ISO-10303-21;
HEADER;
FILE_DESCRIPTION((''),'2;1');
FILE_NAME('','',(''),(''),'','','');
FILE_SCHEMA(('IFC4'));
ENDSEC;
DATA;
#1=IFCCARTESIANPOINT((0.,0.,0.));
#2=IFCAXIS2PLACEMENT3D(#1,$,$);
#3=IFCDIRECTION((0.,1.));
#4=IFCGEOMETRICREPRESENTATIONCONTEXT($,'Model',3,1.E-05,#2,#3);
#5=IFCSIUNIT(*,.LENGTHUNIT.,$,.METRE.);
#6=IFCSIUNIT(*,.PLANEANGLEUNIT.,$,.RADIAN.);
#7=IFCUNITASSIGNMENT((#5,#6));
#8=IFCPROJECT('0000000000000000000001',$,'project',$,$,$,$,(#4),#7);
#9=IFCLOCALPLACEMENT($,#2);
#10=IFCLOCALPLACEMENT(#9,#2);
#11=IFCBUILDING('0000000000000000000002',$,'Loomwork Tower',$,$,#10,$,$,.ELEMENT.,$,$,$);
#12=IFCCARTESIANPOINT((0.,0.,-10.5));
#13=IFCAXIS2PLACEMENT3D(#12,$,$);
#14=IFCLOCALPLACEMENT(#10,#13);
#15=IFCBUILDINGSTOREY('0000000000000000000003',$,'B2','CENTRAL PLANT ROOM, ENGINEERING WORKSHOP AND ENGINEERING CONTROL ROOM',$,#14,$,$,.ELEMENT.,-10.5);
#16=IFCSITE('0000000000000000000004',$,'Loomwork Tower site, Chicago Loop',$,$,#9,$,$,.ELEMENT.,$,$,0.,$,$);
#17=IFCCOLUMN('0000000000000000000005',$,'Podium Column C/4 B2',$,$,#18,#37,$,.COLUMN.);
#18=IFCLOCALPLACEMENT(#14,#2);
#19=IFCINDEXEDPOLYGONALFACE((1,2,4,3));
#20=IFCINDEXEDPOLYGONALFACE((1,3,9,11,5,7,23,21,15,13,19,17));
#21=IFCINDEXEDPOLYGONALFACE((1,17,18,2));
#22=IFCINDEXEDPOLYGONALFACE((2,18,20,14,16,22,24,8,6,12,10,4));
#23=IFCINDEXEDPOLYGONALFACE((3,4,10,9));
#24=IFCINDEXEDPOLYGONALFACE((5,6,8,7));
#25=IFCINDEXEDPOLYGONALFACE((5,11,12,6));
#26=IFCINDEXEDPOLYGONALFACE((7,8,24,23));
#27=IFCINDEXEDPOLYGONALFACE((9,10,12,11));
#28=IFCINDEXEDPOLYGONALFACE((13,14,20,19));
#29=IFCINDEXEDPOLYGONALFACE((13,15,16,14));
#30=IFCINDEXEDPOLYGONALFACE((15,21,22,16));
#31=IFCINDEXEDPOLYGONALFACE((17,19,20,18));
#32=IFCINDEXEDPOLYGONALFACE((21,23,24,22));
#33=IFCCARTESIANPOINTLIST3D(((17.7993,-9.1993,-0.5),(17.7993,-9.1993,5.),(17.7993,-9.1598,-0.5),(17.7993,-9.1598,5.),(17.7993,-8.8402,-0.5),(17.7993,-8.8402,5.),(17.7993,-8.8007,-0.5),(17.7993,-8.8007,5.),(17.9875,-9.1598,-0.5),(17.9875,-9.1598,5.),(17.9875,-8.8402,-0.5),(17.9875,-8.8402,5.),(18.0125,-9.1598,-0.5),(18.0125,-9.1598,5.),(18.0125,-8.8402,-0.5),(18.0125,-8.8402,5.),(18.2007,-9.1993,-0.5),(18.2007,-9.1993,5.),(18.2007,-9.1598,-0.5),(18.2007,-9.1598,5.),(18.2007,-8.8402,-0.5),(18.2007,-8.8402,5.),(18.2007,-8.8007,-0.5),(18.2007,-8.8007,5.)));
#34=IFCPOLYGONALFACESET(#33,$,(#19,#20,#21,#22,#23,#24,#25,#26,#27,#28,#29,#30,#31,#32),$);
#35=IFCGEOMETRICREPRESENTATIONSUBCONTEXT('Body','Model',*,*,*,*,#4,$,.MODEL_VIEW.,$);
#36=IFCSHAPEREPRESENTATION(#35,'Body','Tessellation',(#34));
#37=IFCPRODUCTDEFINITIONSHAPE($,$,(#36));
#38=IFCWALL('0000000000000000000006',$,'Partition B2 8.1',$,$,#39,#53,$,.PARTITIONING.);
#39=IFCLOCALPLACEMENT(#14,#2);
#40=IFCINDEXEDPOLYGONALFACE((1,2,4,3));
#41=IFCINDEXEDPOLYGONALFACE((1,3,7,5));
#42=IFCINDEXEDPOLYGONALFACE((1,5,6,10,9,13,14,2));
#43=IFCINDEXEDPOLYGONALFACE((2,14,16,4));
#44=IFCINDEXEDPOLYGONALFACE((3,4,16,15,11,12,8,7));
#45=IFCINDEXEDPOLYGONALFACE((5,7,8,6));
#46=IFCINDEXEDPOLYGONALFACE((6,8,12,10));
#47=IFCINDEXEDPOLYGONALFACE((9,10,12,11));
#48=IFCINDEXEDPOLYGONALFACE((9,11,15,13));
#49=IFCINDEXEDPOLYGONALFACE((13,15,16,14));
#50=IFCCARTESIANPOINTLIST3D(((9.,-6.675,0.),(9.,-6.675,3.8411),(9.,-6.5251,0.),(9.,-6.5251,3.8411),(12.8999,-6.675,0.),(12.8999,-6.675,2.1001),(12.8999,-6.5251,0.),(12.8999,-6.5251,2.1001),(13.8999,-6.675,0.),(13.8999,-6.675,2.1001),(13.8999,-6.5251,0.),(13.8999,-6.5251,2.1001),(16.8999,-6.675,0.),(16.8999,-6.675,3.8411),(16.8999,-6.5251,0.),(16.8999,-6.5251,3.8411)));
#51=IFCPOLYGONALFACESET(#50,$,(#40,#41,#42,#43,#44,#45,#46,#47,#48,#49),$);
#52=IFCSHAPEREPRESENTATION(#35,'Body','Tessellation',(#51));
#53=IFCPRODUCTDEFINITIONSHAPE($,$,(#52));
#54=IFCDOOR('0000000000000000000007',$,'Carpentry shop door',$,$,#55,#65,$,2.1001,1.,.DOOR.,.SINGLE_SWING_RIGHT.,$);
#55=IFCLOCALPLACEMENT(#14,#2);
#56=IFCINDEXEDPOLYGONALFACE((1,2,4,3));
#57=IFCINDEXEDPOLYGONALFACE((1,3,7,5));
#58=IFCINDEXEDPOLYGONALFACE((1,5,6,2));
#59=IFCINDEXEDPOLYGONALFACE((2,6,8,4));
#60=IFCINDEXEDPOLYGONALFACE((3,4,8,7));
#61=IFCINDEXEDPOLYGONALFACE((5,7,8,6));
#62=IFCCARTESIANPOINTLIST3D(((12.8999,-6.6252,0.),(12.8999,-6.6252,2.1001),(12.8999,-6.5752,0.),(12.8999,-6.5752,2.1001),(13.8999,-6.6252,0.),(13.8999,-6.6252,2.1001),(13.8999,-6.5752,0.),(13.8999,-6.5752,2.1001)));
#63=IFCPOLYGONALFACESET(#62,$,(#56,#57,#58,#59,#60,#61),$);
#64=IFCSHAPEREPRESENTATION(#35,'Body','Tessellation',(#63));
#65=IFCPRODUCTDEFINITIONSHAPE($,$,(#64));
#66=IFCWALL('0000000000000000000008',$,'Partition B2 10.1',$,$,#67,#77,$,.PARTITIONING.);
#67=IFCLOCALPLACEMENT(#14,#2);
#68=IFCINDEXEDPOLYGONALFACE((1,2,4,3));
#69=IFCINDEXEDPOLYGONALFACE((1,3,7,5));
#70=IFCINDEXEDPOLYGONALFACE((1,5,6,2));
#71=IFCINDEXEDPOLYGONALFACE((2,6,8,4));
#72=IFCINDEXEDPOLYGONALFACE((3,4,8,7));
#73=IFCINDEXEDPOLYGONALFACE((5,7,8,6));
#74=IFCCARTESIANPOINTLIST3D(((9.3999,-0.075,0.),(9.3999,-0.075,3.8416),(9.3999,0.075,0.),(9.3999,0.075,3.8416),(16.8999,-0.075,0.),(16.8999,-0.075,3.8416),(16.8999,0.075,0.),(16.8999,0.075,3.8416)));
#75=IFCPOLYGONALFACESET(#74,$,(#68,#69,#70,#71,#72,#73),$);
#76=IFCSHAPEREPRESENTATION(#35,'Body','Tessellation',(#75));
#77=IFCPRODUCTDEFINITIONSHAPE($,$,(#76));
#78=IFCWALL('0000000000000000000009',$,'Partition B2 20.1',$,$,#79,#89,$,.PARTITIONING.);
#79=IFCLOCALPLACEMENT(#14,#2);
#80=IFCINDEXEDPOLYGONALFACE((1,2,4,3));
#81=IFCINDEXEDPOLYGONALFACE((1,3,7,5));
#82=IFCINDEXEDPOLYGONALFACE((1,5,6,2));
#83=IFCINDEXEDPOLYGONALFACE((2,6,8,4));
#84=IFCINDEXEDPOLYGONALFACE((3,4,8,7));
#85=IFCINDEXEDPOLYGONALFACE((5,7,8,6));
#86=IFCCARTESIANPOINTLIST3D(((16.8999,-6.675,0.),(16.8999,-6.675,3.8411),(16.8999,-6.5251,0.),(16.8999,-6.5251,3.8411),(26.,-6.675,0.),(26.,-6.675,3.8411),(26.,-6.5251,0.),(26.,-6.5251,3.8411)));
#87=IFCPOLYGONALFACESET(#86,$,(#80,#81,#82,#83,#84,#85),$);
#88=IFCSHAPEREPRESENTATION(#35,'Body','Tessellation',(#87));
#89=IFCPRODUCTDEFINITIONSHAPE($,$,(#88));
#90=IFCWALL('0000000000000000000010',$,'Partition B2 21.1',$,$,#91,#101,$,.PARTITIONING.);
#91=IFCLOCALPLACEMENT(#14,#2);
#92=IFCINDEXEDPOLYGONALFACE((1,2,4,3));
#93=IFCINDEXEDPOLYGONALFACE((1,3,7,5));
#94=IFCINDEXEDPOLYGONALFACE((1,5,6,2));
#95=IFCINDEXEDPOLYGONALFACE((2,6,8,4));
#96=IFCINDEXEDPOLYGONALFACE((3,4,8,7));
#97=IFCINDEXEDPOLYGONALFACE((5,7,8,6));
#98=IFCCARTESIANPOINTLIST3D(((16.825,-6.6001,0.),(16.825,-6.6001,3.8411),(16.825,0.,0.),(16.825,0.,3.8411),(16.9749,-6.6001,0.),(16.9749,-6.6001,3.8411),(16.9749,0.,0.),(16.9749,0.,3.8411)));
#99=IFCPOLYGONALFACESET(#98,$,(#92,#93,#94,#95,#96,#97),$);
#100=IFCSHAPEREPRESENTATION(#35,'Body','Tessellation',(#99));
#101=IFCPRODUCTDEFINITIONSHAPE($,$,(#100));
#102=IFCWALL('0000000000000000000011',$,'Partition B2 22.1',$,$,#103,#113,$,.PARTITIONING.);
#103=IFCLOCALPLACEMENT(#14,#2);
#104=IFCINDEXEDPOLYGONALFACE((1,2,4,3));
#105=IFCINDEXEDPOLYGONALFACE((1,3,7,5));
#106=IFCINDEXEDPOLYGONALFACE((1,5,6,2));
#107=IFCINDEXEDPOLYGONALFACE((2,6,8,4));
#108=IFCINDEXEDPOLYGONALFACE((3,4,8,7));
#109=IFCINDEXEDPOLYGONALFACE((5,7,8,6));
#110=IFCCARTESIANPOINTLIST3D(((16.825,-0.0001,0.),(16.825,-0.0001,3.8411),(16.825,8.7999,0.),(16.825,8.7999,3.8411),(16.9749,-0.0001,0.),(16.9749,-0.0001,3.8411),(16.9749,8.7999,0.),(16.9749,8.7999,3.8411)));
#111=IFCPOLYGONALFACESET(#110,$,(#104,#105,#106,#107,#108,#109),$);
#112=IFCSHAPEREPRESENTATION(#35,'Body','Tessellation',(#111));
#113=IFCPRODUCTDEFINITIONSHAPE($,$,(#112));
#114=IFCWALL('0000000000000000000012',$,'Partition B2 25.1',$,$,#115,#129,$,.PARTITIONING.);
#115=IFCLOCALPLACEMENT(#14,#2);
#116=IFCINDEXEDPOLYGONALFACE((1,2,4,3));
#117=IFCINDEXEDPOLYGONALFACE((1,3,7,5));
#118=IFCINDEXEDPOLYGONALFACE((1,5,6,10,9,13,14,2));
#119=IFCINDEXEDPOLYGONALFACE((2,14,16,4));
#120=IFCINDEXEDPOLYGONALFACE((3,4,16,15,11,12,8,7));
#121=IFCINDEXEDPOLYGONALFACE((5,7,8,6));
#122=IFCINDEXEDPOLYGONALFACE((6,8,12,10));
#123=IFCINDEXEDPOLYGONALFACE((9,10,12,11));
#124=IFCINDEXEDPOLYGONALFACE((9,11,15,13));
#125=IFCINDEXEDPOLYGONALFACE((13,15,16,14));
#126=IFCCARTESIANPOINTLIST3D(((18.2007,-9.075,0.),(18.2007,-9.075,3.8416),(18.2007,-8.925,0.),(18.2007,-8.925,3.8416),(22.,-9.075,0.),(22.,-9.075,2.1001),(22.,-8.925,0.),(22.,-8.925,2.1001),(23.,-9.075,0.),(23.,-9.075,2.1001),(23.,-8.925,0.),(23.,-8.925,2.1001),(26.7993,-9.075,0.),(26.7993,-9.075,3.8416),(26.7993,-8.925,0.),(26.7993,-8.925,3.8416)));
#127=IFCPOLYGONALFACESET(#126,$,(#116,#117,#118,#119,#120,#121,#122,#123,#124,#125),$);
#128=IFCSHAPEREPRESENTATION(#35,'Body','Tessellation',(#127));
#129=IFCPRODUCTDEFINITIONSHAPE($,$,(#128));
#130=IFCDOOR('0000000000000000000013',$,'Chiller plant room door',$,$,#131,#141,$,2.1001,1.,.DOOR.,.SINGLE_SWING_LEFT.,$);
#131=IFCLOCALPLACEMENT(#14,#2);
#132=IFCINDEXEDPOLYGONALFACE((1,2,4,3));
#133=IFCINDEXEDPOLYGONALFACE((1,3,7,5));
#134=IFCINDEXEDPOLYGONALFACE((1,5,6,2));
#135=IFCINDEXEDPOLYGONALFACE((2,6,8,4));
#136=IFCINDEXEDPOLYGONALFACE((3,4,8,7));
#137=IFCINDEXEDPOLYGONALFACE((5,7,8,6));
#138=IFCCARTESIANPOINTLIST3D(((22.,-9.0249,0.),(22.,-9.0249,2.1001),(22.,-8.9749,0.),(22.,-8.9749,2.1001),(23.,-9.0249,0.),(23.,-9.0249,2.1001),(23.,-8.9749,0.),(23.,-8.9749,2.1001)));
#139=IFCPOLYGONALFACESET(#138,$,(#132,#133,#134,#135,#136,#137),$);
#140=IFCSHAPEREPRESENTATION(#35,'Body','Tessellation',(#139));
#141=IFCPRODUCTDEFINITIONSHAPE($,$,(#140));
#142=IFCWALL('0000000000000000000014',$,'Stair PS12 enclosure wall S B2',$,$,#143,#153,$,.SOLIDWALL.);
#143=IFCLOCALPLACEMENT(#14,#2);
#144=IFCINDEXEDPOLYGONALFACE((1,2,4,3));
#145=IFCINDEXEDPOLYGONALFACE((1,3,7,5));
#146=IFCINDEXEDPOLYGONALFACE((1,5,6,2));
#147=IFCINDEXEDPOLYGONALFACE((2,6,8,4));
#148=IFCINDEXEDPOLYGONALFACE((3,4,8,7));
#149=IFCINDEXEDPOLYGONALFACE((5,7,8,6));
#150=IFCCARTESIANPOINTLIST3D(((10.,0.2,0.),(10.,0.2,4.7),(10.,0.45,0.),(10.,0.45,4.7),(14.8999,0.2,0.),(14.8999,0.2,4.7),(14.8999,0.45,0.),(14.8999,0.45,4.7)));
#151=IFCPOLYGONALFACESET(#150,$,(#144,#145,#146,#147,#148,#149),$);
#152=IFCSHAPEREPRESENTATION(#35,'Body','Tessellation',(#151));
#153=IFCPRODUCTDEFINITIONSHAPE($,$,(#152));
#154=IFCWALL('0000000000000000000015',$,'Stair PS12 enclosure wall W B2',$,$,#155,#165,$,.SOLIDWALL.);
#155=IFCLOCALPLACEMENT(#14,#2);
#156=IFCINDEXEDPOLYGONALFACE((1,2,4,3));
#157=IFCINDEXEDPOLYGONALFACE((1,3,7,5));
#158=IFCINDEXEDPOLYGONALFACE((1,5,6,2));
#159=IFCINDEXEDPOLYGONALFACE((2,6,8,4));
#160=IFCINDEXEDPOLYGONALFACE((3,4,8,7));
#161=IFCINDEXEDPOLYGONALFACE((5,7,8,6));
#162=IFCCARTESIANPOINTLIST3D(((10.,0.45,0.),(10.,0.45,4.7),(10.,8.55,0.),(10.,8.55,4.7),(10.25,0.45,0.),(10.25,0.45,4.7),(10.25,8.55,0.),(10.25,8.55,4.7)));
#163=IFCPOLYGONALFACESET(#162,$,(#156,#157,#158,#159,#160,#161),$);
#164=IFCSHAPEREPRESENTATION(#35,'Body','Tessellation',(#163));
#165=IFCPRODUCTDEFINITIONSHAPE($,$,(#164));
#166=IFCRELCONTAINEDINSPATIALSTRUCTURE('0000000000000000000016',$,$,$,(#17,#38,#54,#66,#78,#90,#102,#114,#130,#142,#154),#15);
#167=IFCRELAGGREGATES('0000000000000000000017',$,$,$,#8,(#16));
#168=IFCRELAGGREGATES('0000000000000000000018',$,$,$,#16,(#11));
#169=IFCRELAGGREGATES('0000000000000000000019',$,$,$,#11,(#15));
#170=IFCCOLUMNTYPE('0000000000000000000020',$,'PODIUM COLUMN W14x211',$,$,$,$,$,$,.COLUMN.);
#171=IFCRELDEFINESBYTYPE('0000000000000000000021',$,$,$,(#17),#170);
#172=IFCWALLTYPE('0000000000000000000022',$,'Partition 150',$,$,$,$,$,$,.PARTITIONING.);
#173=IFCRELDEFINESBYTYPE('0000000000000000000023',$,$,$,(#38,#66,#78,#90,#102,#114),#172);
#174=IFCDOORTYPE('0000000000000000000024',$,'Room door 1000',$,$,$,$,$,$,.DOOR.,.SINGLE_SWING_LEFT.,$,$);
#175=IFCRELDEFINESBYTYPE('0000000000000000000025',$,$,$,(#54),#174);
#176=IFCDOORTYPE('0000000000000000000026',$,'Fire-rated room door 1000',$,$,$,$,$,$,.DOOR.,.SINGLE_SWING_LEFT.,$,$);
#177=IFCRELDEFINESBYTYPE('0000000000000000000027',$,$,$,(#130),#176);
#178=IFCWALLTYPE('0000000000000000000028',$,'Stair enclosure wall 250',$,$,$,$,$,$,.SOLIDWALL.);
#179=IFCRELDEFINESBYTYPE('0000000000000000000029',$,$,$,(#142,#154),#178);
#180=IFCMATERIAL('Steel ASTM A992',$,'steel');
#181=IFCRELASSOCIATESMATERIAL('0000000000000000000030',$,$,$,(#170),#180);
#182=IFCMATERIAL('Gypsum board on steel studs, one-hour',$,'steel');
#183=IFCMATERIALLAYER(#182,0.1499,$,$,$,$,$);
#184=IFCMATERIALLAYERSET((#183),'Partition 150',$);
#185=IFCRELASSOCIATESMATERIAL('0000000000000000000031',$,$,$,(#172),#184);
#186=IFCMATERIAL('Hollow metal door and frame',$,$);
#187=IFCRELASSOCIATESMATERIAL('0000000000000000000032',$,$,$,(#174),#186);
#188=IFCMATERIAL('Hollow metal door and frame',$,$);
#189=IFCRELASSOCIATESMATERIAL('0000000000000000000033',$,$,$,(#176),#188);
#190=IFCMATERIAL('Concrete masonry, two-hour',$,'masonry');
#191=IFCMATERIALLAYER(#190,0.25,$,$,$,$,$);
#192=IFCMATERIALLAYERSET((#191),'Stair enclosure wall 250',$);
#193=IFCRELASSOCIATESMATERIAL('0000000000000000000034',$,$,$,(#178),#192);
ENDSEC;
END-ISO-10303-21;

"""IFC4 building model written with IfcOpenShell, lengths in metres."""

from ifc_helpers import new_model, si_unit, direction, frame, frame_2d, origin, origin_2d, place, context, subcontext, project, spatial, rectangle, i_section, extrude, material, layer, layer_set, material_profile, profile_set, type_object, element, fill, save


model = new_model("IFC4")

# Units and contexts
model_context = context("Model", 3, precision=1e-05, world=origin(), true_north=direction((0.0, 1.0)))
body_context = subcontext(model_context, "Body", "Model", "MODEL_VIEW")
ifc_project = project(units=[si_unit("LENGTHUNIT", "METRE"), si_unit("PLANEANGLEUNIT", "RADIAN")], contexts=[model_context])

# Site, building, storey
site_placement = place(None, origin())
site = spatial("IfcSite", under=ifc_project, at=site_placement, Name="Loomwork Tower site, Chicago Loop", CompositionType="ELEMENT", RefElevation=0.0)
building_placement = place(site_placement, origin())
building = spatial("IfcBuilding", under=site, at=building_placement, Name="Loomwork Tower", CompositionType="ELEMENT")
storey_placement = place(building_placement, frame((0.0, 0.0, -10.5)))
storey = spatial("IfcBuildingStorey", under=building, at=storey_placement, Name="B2", Description="CENTRAL PLANT ROOM, ENGINEERING WORKSHOP AND ENGINEERING CONTROL ROOM", CompositionType="ELEMENT", Elevation=-10.5)

# Column
ifc_material_1 = material(Name="Steel ASTM A992", Category="steel")
ifc_material_profile_1 = material_profile(ifc_material_1, i_section(OverallWidth=0.4014, OverallDepth=0.3987, WebThickness=0.0249, FlangeThickness=0.0396, at=origin_2d()), Name="W14x211")
ifc_profile_set_1 = profile_set([ifc_material_profile_1], Name="Steel ASTM A992")
column_type_1 = type_object("IfcColumnType", Name="PODIUM COLUMN W14x211", PredefinedType="COLUMN", material=ifc_profile_set_1)
column_1_placement = place(storey_placement, frame((18.0, -9.0, -0.5), z_axis=(0.0, 0.0, 1.0), x_axis=(1.0, 0.0, 0.0)))
element("IfcColumn", 1, at=column_1_placement, inside=storey, type_object=column_type_1, Name="Podium Column C/4 B2", PredefinedType="COLUMN", context=body_context, shape_type="SweptSolid", body=[
    extrude(i_section(OverallWidth=0.4014, OverallDepth=0.3987, WebThickness=0.0249, FlangeThickness=0.0396, at=origin_2d()), origin(), (0.0, 0.0, 1.0), 5.5),
])

# Wall, opening, door
ifc_material_2 = material(Name="Gypsum board on steel studs, one-hour", Category="steel")
ifc_layer_1 = layer(ifc_material_2, 0.1499)
ifc_layer_set_1 = layer_set([ifc_layer_1], Name="Partition 150")
wall_type_1 = type_object("IfcWallType", Name="Partition 150", PredefinedType="PARTITIONING", material=ifc_layer_set_1)
wall_1_placement = place(storey_placement, frame((16.8999, -6.6001, 0.0), z_axis=(0.0, 0.0, 1.0), x_axis=(-1.0, 0.0, 0.0)))
wall_1 = element("IfcWall", 2, at=wall_1_placement, inside=storey, type_object=wall_type_1, Name="Partition B2 8.1", PredefinedType="PARTITIONING", context=body_context, shape_type="SweptSolid", body=[
    extrude(rectangle(XDim=7.8999, YDim=0.1499, at=frame_2d((3.95, 0.0))), origin(), (0.0, 0.0, 1.0), 3.8411),
])
opening_1_placement = place(wall_1_placement, frame((3.0, 0.0, 0.0)))
opening_1 = element("IfcOpeningElement", 3, at=opening_1_placement, cuts=wall_1, PredefinedType="OPENING", context=body_context, shape_type="SweptSolid", body=[
    extrude(rectangle(XDim=1.0, YDim=2.1001, at=frame_2d((0.5, 1.05))), frame((0.0, 0.085, 0.0), z_axis=(0.0, -1.0, 0.0), x_axis=(1.0, 0.0, 0.0)), (0.0, 0.0, 1.0), 0.1699),
])
ifc_material_3 = material(Name="Hollow metal door and frame")
door_type_1 = type_object("IfcDoorType", Name="Room door 1000", OperationType="SINGLE_SWING_LEFT", PredefinedType="DOOR", material=ifc_material_3)
door_1_placement = place(opening_1_placement, frame((1.0, 0.0, 0.0), z_axis=(0.0, 0.0, 1.0), x_axis=(-1.0, 0.0, 0.0)))
door_1 = element("IfcDoor", 4, at=door_1_placement, inside=storey, type_object=door_type_1, Name="Carpentry shop door", OperationType="SINGLE_SWING_RIGHT", OverallHeight=2.1001, OverallWidth=1.0, PredefinedType="DOOR", context=body_context, shape_type="SweptSolid", body=[
    extrude(rectangle(XDim=1.0, YDim=2.1001, at=frame_2d((0.5, 1.05))), frame((0.0, 0.0249, 0.0), z_axis=(0.0, -1.0, 0.0), x_axis=(1.0, 0.0, 0.0)), (0.0, 0.0, 1.0), 0.05),
])
fill(opening_1, door_1)

# Walls
wall_2_placement = place(storey_placement, frame((9.3999, 0.0, 0.0), z_axis=(0.0, 0.0, 1.0), x_axis=(1.0, 0.0, 0.0)))
element("IfcWall", 5, at=wall_2_placement, inside=storey, type_object=wall_type_1, Name="Partition B2 10.1", PredefinedType="PARTITIONING", context=body_context, shape_type="SweptSolid", body=[
    extrude(rectangle(XDim=7.5, YDim=0.1499, at=frame_2d((3.75, 0.0))), origin(), (0.0, 0.0, 1.0), 3.8416),
])
wall_3_placement = place(storey_placement, frame((26.0, -6.6001, 0.0), z_axis=(0.0, 0.0, 1.0), x_axis=(-1.0, 0.0, 0.0)))
element("IfcWall", 6, at=wall_3_placement, inside=storey, type_object=wall_type_1, Name="Partition B2 20.1", PredefinedType="PARTITIONING", context=body_context, shape_type="SweptSolid", body=[
    extrude(rectangle(XDim=9.1001, YDim=0.1499, at=frame_2d((4.55, 0.0))), origin(), (0.0, 0.0, 1.0), 3.8411),
])
wall_4_placement = place(storey_placement, frame((16.8999, 0.0, 0.0), z_axis=(0.0, 0.0, 1.0), x_axis=(0.0, -1.0, 0.0)))
element("IfcWall", 7, at=wall_4_placement, inside=storey, type_object=wall_type_1, Name="Partition B2 21.1", PredefinedType="PARTITIONING", context=body_context, shape_type="SweptSolid", body=[
    extrude(rectangle(XDim=6.6001, YDim=0.1499, at=frame_2d((3.3, 0.0))), origin(), (0.0, 0.0, 1.0), 3.8411),
])
wall_5_placement = place(storey_placement, frame((16.8999, 0.0, 0.0), z_axis=(0.0, 0.0, 1.0), x_axis=(0.0, 1.0, 0.0)))
element("IfcWall", 8, at=wall_5_placement, inside=storey, type_object=wall_type_1, Name="Partition B2 22.1", PredefinedType="PARTITIONING", context=body_context, shape_type="SweptSolid", body=[
    extrude(rectangle(XDim=8.8, YDim=0.1499, at=frame_2d((4.3999, 0.0))), origin(), (0.0, 0.0, 1.0), 3.8411),
])

# Wall, opening, door
wall_6_placement = place(storey_placement, frame((18.2007, -9.0, 0.0), z_axis=(0.0, 0.0, 1.0), x_axis=(1.0, 0.0, 0.0)))
wall_6 = element("IfcWall", 9, at=wall_6_placement, inside=storey, type_object=wall_type_1, Name="Partition B2 25.1", PredefinedType="PARTITIONING", context=body_context, shape_type="SweptSolid", body=[
    extrude(rectangle(XDim=8.5986, YDim=0.1499, at=frame_2d((4.2993, 0.0))), origin(), (0.0, 0.0, 1.0), 3.8416),
])
opening_2_placement = place(wall_6_placement, frame((3.7993, 0.0, 0.0)))
opening_2 = element("IfcOpeningElement", 10, at=opening_2_placement, cuts=wall_6, PredefinedType="OPENING", context=body_context, shape_type="SweptSolid", body=[
    extrude(rectangle(XDim=1.0, YDim=2.1001, at=frame_2d((0.5, 1.05))), frame((0.0, 0.085, 0.0), z_axis=(0.0, -1.0, 0.0), x_axis=(1.0, 0.0, 0.0)), (0.0, 0.0, 1.0), 0.1699),
])
ifc_material_4 = material(Name="Hollow metal door and frame")
door_type_2 = type_object("IfcDoorType", Name="Fire-rated room door 1000", OperationType="SINGLE_SWING_LEFT", PredefinedType="DOOR", material=ifc_material_4)
door_2_placement = place(opening_2_placement, frame((1.0, 0.0, 0.0), z_axis=(0.0, 0.0, 1.0), x_axis=(-1.0, 0.0, 0.0)))
door_2 = element("IfcDoor", 11, at=door_2_placement, inside=storey, type_object=door_type_2, Name="Chiller plant room door", OperationType="SINGLE_SWING_LEFT", OverallHeight=2.1001, OverallWidth=1.0, PredefinedType="DOOR", context=body_context, shape_type="SweptSolid", body=[
    extrude(rectangle(XDim=1.0, YDim=2.1001, at=frame_2d((0.5, 1.05))), frame((0.0, 0.0249, 0.0), z_axis=(0.0, -1.0, 0.0), x_axis=(1.0, 0.0, 0.0)), (0.0, 0.0, 1.0), 0.05),
])
fill(opening_2, door_2)

# Walls
ifc_material_5 = material(Name="Concrete masonry, two-hour", Category="masonry")
ifc_layer_2 = layer(ifc_material_5, 0.25)
ifc_layer_set_2 = layer_set([ifc_layer_2], Name="Stair enclosure wall 250")
wall_type_2 = type_object("IfcWallType", Name="Stair enclosure wall 250", PredefinedType="SOLIDWALL", material=ifc_layer_set_2)
wall_7_placement = place(storey_placement, frame((10.0, 0.325, 0.0), z_axis=(0.0, 0.0, 1.0), x_axis=(1.0, 0.0, 0.0)))
element("IfcWall", 12, at=wall_7_placement, inside=storey, type_object=wall_type_2, Name="Stair PS12 enclosure wall S B2", PredefinedType="SOLIDWALL", context=body_context, shape_type="SweptSolid", body=[
    extrude(rectangle(XDim=4.8999, YDim=0.25, at=frame_2d((2.45, 0.0))), origin(), (0.0, 0.0, 1.0), 4.7),
])
wall_8_placement = place(storey_placement, frame((10.125, 0.45, 0.0), z_axis=(0.0, 0.0, 1.0), x_axis=(0.0, 1.0, 0.0)))
element("IfcWall", 13, at=wall_8_placement, inside=storey, type_object=wall_type_2, Name="Stair PS12 enclosure wall W B2", PredefinedType="SOLIDWALL", context=body_context, shape_type="SweptSolid", body=[
    extrude(rectangle(XDim=8.1001, YDim=0.25, at=frame_2d((4.05, 0.0))), origin(), (0.0, 0.0, 1.0), 4.7),
])

save(model, "model.ifc")
